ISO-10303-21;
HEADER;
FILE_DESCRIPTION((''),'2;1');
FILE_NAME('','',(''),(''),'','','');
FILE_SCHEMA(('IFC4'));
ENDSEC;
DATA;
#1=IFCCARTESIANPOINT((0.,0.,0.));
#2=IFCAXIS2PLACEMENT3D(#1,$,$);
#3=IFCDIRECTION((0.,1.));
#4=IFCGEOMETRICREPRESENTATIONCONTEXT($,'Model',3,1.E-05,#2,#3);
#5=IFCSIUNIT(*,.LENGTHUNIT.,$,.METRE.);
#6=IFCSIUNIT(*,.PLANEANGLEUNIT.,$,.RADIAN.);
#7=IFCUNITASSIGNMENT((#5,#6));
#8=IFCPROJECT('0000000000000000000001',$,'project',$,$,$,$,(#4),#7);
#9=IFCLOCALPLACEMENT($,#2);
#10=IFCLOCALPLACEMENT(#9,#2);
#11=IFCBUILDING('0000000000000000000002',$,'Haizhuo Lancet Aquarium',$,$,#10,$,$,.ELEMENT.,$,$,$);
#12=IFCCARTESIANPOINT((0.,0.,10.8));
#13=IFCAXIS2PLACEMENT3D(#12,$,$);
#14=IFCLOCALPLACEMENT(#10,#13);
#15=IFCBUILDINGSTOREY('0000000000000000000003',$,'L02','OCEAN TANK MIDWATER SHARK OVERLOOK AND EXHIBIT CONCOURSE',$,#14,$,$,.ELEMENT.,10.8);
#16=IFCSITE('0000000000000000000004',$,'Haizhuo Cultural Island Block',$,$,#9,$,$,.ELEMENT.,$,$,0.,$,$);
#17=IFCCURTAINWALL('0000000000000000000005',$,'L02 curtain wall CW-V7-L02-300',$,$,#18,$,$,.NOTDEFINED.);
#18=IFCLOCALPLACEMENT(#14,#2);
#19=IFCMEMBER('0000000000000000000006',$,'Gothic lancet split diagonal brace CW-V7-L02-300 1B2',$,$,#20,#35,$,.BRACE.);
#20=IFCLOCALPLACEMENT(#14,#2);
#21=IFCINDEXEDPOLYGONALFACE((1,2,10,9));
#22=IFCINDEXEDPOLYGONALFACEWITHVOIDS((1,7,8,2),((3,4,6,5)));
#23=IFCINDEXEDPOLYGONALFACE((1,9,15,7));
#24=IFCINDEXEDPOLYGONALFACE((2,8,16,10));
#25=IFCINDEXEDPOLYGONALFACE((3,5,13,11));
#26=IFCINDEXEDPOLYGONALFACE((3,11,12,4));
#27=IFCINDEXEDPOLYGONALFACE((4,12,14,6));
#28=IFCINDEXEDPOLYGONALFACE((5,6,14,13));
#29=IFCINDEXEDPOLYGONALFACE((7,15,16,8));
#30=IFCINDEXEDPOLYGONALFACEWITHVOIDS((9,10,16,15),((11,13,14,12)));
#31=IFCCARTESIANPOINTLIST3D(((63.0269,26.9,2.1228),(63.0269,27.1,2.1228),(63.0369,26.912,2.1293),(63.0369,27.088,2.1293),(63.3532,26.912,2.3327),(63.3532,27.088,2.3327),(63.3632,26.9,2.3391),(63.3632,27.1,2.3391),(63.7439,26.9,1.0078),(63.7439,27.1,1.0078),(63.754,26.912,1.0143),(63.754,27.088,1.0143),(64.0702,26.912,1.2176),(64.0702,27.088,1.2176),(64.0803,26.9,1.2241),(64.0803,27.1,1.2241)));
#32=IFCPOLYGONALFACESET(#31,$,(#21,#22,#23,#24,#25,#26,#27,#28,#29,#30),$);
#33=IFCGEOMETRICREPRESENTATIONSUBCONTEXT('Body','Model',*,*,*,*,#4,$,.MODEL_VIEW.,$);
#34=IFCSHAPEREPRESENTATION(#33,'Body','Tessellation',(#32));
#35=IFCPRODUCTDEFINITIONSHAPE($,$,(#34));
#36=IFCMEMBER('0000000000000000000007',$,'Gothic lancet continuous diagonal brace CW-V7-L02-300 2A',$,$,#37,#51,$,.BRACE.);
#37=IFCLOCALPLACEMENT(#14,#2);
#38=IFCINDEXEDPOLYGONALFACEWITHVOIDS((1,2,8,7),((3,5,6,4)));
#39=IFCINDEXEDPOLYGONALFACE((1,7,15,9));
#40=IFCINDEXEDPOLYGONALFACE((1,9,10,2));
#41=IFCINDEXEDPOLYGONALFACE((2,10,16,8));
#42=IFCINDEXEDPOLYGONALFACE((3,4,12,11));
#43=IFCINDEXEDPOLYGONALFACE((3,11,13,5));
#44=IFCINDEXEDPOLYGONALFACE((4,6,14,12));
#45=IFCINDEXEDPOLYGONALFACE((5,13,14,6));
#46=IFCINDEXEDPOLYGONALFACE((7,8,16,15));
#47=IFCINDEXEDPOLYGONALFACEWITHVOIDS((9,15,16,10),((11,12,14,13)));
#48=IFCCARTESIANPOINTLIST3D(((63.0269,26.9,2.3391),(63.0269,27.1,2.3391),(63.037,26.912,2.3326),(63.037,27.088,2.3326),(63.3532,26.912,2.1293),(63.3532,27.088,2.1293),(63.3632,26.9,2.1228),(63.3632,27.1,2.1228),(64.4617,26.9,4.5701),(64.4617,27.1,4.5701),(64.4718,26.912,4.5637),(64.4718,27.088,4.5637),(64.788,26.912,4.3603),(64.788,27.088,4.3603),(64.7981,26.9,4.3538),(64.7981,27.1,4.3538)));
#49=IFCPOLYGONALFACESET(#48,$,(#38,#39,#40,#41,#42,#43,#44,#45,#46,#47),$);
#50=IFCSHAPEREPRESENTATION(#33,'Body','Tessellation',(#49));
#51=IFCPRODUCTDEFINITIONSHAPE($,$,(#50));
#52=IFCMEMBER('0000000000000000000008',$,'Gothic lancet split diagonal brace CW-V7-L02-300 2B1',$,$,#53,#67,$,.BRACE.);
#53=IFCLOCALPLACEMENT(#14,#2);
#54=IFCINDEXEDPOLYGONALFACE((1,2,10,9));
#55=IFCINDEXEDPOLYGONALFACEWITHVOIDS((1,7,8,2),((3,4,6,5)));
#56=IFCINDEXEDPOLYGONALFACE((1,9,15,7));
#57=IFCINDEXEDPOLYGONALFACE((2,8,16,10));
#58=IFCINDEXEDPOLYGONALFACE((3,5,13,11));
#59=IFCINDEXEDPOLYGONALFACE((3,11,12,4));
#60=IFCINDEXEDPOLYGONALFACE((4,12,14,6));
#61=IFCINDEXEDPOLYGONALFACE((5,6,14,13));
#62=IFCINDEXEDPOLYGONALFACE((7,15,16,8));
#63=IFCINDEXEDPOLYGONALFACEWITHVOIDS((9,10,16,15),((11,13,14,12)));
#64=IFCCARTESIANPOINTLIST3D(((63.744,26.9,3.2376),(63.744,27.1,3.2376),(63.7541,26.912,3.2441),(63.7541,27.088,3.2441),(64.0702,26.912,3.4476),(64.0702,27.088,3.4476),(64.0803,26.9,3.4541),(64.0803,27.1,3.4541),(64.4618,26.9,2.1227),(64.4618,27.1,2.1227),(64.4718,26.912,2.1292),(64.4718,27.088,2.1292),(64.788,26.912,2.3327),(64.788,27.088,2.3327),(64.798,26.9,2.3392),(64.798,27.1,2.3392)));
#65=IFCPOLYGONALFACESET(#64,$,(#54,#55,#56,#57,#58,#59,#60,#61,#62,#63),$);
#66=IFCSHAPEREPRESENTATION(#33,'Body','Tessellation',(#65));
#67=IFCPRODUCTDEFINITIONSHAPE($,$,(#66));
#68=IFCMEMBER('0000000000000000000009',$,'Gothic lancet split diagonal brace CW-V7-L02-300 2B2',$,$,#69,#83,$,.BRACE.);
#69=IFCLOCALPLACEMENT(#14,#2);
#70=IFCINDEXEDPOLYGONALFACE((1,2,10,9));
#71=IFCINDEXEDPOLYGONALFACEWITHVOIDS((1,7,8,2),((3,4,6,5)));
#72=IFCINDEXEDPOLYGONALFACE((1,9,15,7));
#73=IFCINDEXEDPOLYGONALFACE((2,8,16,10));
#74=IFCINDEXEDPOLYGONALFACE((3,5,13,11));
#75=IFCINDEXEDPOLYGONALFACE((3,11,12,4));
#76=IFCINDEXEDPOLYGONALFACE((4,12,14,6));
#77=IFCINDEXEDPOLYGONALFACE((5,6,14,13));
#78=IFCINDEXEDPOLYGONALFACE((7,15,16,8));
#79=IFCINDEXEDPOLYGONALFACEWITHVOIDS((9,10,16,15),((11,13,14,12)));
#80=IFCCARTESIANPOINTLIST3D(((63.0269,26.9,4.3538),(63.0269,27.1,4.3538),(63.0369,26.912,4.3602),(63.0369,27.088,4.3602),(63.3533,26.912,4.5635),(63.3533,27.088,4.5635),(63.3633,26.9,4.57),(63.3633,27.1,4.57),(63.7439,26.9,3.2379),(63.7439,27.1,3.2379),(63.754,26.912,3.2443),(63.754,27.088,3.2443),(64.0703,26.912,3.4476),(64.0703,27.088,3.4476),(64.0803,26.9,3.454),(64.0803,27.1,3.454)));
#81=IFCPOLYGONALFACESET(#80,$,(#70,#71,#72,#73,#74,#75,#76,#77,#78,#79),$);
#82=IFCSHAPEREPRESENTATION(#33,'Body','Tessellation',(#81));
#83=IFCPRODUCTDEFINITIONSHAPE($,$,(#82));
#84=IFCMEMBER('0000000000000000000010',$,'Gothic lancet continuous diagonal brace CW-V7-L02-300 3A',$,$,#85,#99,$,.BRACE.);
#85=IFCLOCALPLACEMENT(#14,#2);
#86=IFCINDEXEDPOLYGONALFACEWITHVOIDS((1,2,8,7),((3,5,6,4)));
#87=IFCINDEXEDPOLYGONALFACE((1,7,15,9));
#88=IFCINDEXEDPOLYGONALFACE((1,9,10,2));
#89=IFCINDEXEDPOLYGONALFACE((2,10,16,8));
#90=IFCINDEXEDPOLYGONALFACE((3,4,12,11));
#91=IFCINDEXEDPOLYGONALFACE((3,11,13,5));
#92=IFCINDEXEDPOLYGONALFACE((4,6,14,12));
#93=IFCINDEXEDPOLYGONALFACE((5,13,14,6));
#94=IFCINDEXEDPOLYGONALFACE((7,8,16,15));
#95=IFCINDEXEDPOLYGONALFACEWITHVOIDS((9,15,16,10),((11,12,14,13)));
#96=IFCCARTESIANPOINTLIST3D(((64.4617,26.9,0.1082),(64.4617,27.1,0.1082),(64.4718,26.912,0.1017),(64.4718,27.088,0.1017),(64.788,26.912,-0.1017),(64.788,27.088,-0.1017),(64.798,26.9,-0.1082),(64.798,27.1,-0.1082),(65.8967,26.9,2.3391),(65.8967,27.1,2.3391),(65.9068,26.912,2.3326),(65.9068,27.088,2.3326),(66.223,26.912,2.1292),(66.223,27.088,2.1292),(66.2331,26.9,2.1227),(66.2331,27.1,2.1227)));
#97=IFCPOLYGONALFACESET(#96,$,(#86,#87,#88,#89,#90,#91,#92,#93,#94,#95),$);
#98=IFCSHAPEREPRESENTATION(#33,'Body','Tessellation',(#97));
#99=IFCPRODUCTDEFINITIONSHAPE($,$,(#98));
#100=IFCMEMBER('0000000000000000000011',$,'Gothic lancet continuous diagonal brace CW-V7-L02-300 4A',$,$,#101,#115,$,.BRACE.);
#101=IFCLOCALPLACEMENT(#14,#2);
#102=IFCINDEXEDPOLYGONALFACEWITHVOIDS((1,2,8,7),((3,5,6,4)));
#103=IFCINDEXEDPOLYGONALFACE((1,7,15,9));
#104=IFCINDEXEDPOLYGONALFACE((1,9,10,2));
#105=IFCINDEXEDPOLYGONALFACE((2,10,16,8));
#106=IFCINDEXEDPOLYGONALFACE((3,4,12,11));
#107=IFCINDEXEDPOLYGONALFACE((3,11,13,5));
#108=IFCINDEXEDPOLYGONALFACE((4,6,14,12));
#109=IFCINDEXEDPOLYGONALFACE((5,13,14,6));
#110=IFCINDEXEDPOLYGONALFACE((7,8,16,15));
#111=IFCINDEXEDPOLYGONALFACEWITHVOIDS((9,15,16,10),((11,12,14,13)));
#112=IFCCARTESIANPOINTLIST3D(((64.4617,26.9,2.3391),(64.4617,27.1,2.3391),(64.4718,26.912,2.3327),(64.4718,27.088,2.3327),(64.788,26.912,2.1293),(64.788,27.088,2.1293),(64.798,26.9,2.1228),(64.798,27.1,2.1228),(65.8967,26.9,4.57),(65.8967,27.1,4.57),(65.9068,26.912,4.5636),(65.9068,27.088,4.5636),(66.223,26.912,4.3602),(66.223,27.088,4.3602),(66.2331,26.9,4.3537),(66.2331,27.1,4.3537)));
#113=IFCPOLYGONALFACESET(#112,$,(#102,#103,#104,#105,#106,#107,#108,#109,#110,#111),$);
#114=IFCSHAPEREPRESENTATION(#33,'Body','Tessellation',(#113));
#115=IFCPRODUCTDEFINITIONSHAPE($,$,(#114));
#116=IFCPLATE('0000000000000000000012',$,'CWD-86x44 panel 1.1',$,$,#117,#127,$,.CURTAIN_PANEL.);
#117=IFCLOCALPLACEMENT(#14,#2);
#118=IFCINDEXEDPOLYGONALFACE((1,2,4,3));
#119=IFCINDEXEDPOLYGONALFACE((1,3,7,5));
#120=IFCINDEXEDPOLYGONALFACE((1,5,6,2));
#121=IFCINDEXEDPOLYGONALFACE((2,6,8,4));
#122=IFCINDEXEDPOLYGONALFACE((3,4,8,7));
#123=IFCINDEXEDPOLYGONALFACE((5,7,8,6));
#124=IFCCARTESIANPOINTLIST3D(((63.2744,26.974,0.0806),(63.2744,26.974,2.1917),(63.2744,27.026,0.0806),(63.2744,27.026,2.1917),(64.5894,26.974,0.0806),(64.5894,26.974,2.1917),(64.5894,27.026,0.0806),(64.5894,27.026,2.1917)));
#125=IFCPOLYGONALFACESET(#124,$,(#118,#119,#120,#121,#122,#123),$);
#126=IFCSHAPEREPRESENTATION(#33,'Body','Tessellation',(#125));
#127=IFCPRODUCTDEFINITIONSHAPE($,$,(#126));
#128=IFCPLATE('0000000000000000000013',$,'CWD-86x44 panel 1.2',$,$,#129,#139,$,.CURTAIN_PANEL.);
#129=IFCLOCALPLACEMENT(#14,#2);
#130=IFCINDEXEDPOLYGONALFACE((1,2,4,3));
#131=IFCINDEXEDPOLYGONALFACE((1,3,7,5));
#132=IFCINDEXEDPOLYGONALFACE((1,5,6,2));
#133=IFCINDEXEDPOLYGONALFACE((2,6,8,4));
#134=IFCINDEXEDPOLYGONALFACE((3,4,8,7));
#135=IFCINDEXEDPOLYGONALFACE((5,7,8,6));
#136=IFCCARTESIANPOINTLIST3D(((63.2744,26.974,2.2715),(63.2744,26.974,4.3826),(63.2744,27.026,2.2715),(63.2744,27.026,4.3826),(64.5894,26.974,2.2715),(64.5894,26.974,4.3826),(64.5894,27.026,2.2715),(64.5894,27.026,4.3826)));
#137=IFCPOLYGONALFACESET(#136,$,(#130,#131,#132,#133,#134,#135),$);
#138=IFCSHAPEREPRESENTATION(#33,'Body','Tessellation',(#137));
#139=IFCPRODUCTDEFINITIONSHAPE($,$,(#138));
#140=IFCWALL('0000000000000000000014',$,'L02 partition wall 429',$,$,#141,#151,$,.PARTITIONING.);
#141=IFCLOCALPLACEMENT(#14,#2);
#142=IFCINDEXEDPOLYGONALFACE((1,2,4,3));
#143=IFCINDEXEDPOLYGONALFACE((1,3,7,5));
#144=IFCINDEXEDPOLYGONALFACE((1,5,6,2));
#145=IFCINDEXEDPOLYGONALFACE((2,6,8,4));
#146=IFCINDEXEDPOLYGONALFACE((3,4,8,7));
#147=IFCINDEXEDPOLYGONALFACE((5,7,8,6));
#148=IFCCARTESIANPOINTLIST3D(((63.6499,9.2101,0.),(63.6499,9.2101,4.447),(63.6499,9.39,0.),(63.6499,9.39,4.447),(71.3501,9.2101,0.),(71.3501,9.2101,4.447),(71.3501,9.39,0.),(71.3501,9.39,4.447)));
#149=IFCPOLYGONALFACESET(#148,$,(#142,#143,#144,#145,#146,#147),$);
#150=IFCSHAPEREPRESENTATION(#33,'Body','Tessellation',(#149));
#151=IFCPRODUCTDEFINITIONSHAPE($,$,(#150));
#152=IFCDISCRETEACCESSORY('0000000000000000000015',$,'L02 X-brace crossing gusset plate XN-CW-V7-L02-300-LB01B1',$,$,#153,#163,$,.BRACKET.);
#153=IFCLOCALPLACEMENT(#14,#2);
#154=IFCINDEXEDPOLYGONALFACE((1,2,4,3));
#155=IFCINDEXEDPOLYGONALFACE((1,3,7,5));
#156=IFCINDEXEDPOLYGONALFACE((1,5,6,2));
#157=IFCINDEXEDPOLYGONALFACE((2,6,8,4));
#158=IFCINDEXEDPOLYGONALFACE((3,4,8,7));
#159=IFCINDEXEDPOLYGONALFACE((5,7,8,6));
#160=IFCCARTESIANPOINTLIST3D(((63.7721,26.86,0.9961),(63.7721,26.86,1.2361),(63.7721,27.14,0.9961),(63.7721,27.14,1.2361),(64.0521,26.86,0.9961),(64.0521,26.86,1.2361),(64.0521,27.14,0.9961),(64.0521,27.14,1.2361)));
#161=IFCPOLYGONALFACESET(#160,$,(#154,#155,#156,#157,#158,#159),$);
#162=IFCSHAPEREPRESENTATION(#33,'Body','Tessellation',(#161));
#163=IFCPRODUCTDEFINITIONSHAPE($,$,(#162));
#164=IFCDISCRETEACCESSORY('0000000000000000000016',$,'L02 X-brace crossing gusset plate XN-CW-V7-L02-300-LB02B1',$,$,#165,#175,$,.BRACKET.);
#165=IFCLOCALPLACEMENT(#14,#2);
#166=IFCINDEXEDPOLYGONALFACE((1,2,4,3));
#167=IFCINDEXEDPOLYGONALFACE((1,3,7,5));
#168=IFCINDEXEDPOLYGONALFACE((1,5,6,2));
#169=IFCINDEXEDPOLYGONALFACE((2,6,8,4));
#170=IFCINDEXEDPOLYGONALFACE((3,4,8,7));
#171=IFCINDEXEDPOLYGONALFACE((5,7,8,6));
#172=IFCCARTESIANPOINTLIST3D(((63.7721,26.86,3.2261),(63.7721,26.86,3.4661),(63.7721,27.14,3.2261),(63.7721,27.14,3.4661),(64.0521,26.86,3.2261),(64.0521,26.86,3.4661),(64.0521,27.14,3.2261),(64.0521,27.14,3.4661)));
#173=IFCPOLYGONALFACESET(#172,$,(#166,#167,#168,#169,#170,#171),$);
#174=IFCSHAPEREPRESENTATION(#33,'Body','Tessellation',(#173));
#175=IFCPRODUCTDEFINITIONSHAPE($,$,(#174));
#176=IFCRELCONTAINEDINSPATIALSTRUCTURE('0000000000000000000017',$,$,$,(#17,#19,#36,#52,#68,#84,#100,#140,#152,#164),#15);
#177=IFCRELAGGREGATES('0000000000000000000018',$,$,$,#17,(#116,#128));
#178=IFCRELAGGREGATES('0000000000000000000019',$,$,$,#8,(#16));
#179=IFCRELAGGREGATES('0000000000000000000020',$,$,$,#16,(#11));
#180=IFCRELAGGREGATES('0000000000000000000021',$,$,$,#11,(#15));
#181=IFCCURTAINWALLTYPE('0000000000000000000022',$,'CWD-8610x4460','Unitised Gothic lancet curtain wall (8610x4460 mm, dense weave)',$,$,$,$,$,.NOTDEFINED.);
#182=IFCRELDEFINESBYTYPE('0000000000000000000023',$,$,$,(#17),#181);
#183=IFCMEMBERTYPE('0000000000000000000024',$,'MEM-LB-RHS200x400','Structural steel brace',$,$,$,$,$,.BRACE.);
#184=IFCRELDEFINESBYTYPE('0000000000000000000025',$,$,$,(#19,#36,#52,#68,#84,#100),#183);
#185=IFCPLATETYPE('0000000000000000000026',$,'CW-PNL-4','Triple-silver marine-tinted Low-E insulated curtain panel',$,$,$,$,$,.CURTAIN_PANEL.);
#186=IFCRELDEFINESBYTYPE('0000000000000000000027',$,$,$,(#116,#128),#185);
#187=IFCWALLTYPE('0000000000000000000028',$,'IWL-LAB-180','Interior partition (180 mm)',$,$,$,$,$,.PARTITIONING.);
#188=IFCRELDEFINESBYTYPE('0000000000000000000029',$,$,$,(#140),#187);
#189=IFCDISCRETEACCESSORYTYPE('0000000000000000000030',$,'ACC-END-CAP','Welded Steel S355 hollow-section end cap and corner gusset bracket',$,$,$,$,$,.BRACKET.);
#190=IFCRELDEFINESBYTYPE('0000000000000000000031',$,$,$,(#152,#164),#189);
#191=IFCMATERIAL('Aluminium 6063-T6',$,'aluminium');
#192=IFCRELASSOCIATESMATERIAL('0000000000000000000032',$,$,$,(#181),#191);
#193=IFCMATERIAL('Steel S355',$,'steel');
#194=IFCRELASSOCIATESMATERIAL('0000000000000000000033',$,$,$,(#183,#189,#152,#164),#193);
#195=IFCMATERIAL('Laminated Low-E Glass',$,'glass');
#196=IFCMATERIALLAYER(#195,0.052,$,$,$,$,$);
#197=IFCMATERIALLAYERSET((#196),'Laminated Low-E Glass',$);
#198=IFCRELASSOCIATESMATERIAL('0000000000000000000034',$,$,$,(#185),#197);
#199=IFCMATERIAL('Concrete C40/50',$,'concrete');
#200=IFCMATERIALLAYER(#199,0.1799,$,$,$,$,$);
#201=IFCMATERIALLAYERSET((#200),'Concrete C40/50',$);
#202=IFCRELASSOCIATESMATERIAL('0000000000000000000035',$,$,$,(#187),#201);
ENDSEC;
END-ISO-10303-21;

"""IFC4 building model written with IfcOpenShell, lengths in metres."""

from ifc_helpers import new_model, si_unit, direction, frame, frame_2d, origin, origin_2d, place, context, subcontext, project, spatial, rectangle, hollow_rectangle, extrude, material, layer, layer_set, material_profile, profile_set, type_object, element, aggregate, save


model = new_model("IFC4")

# Units and contexts
model_context = context("Model", 3, precision=1e-05, world=origin(), true_north=direction((0.0, 1.0)))
body_context = subcontext(model_context, "Body", "Model", "MODEL_VIEW")
ifc_project = project(units=[si_unit("LENGTHUNIT", "METRE"), si_unit("PLANEANGLEUNIT", "RADIAN")], contexts=[model_context])

# Site, building, storey
site_placement = place(None, origin())
site = spatial("IfcSite", under=ifc_project, at=site_placement, Name="Haizhuo Cultural Island Block", CompositionType="ELEMENT", RefElevation=0.0)
building_placement = place(site_placement, origin())
building = spatial("IfcBuilding", under=site, at=building_placement, Name="Haizhuo Lancet Aquarium", CompositionType="ELEMENT")
storey_placement = place(building_placement, frame((0.0, 0.0, 10.8)))
storey = spatial("IfcBuildingStorey", under=building, at=storey_placement, Name="L02", Description="OCEAN TANK MIDWATER SHARK OVERLOOK AND EXHIBIT CONCOURSE", CompositionType="ELEMENT", Elevation=10.8)

# Curtain wall
ifc_material_1 = material(Name="Aluminium 6063-T6", Category="aluminium")
curtain_wall_type = type_object("IfcCurtainWallType", Name="CWD-8610x4460", Description="Unitised Gothic lancet curtain wall (8610x4460 mm, dense weave)", PredefinedType="NOTDEFINED", material=ifc_material_1)
curtain_wall_placement = place(storey_placement, origin())
curtain_wall = element("IfcCurtainWall", 1, at=curtain_wall_placement, inside=storey, type_object=curtain_wall_type, Name="L02 curtain wall CW-V7-L02-300", PredefinedType="NOTDEFINED")

# Shared definitions
ifc_material_2 = material(Name="Steel S355", Category="steel")

# Members
ifc_material_profile_1 = material_profile(ifc_material_2, hollow_rectangle(XDim=0.2, YDim=0.3999, WallThickness=0.012, at=origin_2d()), Name="RHS 200x400x12")
ifc_profile_set_1 = profile_set([ifc_material_profile_1], Name="Steel S355")
member_type_1 = type_object("IfcMemberType", Name="MEM-LB-RHS200x400", Description="Structural steel brace", PredefinedType="BRACE", material=ifc_profile_set_1)
member_1_placement = place(storey_placement, frame((63.9121, 27.0, 1.116), z_axis=(-0.540897, 0.0, 0.841089), x_axis=(0.0, -1.0, 0.0)))
element("IfcMember", 2, at=member_1_placement, inside=storey, type_object=member_type_1, Name="Gothic lancet split diagonal brace CW-V7-L02-300 1B2", PredefinedType="BRACE", context=body_context, shape_type="SweptSolid", body=[
    extrude(hollow_rectangle(XDim=0.2, YDim=0.3999, WallThickness=0.012, at=origin_2d()), origin(), (0.0, 0.0, 1.0), 1.3257),
])
member_2_placement = place(storey_placement, frame((63.1951, 27.0, 2.231), z_axis=(0.540925, 0.0, 0.841071), x_axis=(0.0, 1.0, 0.0)))
element("IfcMember", 3, at=member_2_placement, inside=storey, type_object=member_type_1, Name="Gothic lancet continuous diagonal brace CW-V7-L02-300 2A", PredefinedType="BRACE", context=body_context, shape_type="SweptSolid", body=[
    extrude(hollow_rectangle(XDim=0.2, YDim=0.3999, WallThickness=0.012, at=origin_2d()), origin(), (0.0, 0.0, 1.0), 2.6526),
])
member_3_placement = place(storey_placement, frame((64.6299, 27.0, 2.231), z_axis=(-0.541288, 0.0, 0.840837), x_axis=(0.0, -1.0, 0.0)))
element("IfcMember", 4, at=member_3_placement, inside=storey, type_object=member_type_1, Name="Gothic lancet split diagonal brace CW-V7-L02-300 2B1", PredefinedType="BRACE", context=body_context, shape_type="SweptSolid", body=[
    extrude(hollow_rectangle(XDim=0.2, YDim=0.3999, WallThickness=0.012, at=origin_2d()), origin(), (0.0, 0.0, 1.0), 1.3259),
])
member_4_placement = place(storey_placement, frame((63.9121, 27.0, 3.3459), z_axis=(-0.540562, 0.0, 0.841304), x_axis=(0.0, -1.0, 0.0)))
element("IfcMember", 5, at=member_4_placement, inside=storey, type_object=member_type_1, Name="Gothic lancet split diagonal brace CW-V7-L02-300 2B2", PredefinedType="BRACE", context=body_context, shape_type="SweptSolid", body=[
    extrude(hollow_rectangle(XDim=0.2, YDim=0.3999, WallThickness=0.012, at=origin_2d()), origin(), (0.0, 0.0, 1.0), 1.3264),
])
for number, where, z_axis, x_axis, name in (
    (6, (64.6299, 27.0, 0.0), (0.54099, 0.0, 0.841029), (0.0, 1.0, 0.0), "Gothic lancet continuous diagonal brace CW-V7-L02-300 3A"),
    (7, (64.6299, 27.0, 2.231), (0.54099, 0.0, 0.841029), (0.0, 1.0, 0.0), "Gothic lancet continuous diagonal brace CW-V7-L02-300 4A"),
):
    element("IfcMember", number, at=place(storey_placement, frame(where, z_axis=z_axis, x_axis=x_axis)), inside=storey, type_object=member_type_1, Name=name, PredefinedType="BRACE", context=body_context, shape_type="SweptSolid", body=[
        extrude(hollow_rectangle(XDim=0.2, YDim=0.3999, WallThickness=0.012, at=origin_2d()), origin(), (0.0, 0.0, 1.0), 2.6526),
    ])

# Plates
ifc_material_3 = material(Name="Laminated Low-E Glass", Category="glass")
ifc_layer_1 = layer(ifc_material_3, 0.052)
ifc_layer_set_1 = layer_set([ifc_layer_1], Name="Laminated Low-E Glass")
plate_type = type_object("IfcPlateType", Name="CW-PNL-4", Description="Triple-silver marine-tinted Low-E insulated curtain panel", PredefinedType="CURTAIN_PANEL", material=ifc_layer_set_1)
plate_1_placement = place(storey_placement, frame((63.9319, 27.0, 0.0806), z_axis=(0.0, 0.0, 1.0), x_axis=(1.0, 0.0, 0.0)))
plate_1 = element("IfcPlate", 8, at=plate_1_placement, type_object=plate_type, Name="CWD-86x44 panel 1.1", PredefinedType="CURTAIN_PANEL", context=body_context, shape_type="SweptSolid", body=[
    extrude(rectangle(XDim=1.3149, YDim=0.052, at=origin_2d()), origin(), (0.0, 0.0, 1.0), 2.1111),
])
plate_2_placement = place(storey_placement, frame((63.9319, 27.0, 2.2715), z_axis=(0.0, 0.0, 1.0), x_axis=(1.0, 0.0, 0.0)))
plate_2 = element("IfcPlate", 9, at=plate_2_placement, type_object=plate_type, Name="CWD-86x44 panel 1.2", PredefinedType="CURTAIN_PANEL", context=body_context, shape_type="SweptSolid", body=[
    extrude(rectangle(XDim=1.3149, YDim=0.052, at=origin_2d()), origin(), (0.0, 0.0, 1.0), 2.1111),
])
aggregate(curtain_wall, [plate_1, plate_2])

# Wall
ifc_material_4 = material(Name="Concrete C40/50", Category="concrete")
ifc_layer_2 = layer(ifc_material_4, 0.1799)
ifc_layer_set_2 = layer_set([ifc_layer_2], Name="Concrete C40/50")
wall_type = type_object("IfcWallType", Name="IWL-LAB-180", Description="Interior partition (180 mm)", PredefinedType="PARTITIONING", material=ifc_layer_set_2)
wall_placement = place(storey_placement, frame((63.6499, 9.3, 0.0), z_axis=(0.0, 0.0, 1.0), x_axis=(1.0, 0.0, 0.0)))
element("IfcWall", 10, at=wall_placement, inside=storey, type_object=wall_type, Name="L02 partition wall 429", PredefinedType="PARTITIONING", context=body_context, shape_type="SweptSolid", body=[
    extrude(rectangle(XDim=7.7002, YDim=0.1799, at=frame_2d((3.8501, 0.0))), origin(), (0.0, 0.0, 1.0), 4.447),
])

# Discrete accessories
discrete_accessory_type = type_object("IfcDiscreteAccessoryType", Name="ACC-END-CAP", Description="Welded Steel S355 hollow-section end cap and corner gusset bracket", PredefinedType="BRACKET", material=ifc_material_2)
for number, where, z_axis, x_axis, name in (
    (11, (63.9121, 27.0, 0.9961), (0.0, 0.0, 1.0), (1.0, 0.0, 0.0), "L02 X-brace crossing gusset plate XN-CW-V7-L02-300-LB01B1"),
    (12, (63.9121, 27.0, 3.2261), (0.0, 0.0, 1.0), (1.0, 0.0, 0.0), "L02 X-brace crossing gusset plate XN-CW-V7-L02-300-LB02B1"),
):
    element("IfcDiscreteAccessory", number, at=place(storey_placement, frame(where, z_axis=z_axis, x_axis=x_axis)), inside=storey, type_object=discrete_accessory_type, material=ifc_material_2, Name=name, PredefinedType="BRACKET", context=body_context, shape_type="SweptSolid", body=[
        extrude(rectangle(XDim=0.28, YDim=0.28, at=origin_2d()), origin(), (0.0, 0.0, 1.0), 0.24),
    ])

save(model, "model.ifc")
